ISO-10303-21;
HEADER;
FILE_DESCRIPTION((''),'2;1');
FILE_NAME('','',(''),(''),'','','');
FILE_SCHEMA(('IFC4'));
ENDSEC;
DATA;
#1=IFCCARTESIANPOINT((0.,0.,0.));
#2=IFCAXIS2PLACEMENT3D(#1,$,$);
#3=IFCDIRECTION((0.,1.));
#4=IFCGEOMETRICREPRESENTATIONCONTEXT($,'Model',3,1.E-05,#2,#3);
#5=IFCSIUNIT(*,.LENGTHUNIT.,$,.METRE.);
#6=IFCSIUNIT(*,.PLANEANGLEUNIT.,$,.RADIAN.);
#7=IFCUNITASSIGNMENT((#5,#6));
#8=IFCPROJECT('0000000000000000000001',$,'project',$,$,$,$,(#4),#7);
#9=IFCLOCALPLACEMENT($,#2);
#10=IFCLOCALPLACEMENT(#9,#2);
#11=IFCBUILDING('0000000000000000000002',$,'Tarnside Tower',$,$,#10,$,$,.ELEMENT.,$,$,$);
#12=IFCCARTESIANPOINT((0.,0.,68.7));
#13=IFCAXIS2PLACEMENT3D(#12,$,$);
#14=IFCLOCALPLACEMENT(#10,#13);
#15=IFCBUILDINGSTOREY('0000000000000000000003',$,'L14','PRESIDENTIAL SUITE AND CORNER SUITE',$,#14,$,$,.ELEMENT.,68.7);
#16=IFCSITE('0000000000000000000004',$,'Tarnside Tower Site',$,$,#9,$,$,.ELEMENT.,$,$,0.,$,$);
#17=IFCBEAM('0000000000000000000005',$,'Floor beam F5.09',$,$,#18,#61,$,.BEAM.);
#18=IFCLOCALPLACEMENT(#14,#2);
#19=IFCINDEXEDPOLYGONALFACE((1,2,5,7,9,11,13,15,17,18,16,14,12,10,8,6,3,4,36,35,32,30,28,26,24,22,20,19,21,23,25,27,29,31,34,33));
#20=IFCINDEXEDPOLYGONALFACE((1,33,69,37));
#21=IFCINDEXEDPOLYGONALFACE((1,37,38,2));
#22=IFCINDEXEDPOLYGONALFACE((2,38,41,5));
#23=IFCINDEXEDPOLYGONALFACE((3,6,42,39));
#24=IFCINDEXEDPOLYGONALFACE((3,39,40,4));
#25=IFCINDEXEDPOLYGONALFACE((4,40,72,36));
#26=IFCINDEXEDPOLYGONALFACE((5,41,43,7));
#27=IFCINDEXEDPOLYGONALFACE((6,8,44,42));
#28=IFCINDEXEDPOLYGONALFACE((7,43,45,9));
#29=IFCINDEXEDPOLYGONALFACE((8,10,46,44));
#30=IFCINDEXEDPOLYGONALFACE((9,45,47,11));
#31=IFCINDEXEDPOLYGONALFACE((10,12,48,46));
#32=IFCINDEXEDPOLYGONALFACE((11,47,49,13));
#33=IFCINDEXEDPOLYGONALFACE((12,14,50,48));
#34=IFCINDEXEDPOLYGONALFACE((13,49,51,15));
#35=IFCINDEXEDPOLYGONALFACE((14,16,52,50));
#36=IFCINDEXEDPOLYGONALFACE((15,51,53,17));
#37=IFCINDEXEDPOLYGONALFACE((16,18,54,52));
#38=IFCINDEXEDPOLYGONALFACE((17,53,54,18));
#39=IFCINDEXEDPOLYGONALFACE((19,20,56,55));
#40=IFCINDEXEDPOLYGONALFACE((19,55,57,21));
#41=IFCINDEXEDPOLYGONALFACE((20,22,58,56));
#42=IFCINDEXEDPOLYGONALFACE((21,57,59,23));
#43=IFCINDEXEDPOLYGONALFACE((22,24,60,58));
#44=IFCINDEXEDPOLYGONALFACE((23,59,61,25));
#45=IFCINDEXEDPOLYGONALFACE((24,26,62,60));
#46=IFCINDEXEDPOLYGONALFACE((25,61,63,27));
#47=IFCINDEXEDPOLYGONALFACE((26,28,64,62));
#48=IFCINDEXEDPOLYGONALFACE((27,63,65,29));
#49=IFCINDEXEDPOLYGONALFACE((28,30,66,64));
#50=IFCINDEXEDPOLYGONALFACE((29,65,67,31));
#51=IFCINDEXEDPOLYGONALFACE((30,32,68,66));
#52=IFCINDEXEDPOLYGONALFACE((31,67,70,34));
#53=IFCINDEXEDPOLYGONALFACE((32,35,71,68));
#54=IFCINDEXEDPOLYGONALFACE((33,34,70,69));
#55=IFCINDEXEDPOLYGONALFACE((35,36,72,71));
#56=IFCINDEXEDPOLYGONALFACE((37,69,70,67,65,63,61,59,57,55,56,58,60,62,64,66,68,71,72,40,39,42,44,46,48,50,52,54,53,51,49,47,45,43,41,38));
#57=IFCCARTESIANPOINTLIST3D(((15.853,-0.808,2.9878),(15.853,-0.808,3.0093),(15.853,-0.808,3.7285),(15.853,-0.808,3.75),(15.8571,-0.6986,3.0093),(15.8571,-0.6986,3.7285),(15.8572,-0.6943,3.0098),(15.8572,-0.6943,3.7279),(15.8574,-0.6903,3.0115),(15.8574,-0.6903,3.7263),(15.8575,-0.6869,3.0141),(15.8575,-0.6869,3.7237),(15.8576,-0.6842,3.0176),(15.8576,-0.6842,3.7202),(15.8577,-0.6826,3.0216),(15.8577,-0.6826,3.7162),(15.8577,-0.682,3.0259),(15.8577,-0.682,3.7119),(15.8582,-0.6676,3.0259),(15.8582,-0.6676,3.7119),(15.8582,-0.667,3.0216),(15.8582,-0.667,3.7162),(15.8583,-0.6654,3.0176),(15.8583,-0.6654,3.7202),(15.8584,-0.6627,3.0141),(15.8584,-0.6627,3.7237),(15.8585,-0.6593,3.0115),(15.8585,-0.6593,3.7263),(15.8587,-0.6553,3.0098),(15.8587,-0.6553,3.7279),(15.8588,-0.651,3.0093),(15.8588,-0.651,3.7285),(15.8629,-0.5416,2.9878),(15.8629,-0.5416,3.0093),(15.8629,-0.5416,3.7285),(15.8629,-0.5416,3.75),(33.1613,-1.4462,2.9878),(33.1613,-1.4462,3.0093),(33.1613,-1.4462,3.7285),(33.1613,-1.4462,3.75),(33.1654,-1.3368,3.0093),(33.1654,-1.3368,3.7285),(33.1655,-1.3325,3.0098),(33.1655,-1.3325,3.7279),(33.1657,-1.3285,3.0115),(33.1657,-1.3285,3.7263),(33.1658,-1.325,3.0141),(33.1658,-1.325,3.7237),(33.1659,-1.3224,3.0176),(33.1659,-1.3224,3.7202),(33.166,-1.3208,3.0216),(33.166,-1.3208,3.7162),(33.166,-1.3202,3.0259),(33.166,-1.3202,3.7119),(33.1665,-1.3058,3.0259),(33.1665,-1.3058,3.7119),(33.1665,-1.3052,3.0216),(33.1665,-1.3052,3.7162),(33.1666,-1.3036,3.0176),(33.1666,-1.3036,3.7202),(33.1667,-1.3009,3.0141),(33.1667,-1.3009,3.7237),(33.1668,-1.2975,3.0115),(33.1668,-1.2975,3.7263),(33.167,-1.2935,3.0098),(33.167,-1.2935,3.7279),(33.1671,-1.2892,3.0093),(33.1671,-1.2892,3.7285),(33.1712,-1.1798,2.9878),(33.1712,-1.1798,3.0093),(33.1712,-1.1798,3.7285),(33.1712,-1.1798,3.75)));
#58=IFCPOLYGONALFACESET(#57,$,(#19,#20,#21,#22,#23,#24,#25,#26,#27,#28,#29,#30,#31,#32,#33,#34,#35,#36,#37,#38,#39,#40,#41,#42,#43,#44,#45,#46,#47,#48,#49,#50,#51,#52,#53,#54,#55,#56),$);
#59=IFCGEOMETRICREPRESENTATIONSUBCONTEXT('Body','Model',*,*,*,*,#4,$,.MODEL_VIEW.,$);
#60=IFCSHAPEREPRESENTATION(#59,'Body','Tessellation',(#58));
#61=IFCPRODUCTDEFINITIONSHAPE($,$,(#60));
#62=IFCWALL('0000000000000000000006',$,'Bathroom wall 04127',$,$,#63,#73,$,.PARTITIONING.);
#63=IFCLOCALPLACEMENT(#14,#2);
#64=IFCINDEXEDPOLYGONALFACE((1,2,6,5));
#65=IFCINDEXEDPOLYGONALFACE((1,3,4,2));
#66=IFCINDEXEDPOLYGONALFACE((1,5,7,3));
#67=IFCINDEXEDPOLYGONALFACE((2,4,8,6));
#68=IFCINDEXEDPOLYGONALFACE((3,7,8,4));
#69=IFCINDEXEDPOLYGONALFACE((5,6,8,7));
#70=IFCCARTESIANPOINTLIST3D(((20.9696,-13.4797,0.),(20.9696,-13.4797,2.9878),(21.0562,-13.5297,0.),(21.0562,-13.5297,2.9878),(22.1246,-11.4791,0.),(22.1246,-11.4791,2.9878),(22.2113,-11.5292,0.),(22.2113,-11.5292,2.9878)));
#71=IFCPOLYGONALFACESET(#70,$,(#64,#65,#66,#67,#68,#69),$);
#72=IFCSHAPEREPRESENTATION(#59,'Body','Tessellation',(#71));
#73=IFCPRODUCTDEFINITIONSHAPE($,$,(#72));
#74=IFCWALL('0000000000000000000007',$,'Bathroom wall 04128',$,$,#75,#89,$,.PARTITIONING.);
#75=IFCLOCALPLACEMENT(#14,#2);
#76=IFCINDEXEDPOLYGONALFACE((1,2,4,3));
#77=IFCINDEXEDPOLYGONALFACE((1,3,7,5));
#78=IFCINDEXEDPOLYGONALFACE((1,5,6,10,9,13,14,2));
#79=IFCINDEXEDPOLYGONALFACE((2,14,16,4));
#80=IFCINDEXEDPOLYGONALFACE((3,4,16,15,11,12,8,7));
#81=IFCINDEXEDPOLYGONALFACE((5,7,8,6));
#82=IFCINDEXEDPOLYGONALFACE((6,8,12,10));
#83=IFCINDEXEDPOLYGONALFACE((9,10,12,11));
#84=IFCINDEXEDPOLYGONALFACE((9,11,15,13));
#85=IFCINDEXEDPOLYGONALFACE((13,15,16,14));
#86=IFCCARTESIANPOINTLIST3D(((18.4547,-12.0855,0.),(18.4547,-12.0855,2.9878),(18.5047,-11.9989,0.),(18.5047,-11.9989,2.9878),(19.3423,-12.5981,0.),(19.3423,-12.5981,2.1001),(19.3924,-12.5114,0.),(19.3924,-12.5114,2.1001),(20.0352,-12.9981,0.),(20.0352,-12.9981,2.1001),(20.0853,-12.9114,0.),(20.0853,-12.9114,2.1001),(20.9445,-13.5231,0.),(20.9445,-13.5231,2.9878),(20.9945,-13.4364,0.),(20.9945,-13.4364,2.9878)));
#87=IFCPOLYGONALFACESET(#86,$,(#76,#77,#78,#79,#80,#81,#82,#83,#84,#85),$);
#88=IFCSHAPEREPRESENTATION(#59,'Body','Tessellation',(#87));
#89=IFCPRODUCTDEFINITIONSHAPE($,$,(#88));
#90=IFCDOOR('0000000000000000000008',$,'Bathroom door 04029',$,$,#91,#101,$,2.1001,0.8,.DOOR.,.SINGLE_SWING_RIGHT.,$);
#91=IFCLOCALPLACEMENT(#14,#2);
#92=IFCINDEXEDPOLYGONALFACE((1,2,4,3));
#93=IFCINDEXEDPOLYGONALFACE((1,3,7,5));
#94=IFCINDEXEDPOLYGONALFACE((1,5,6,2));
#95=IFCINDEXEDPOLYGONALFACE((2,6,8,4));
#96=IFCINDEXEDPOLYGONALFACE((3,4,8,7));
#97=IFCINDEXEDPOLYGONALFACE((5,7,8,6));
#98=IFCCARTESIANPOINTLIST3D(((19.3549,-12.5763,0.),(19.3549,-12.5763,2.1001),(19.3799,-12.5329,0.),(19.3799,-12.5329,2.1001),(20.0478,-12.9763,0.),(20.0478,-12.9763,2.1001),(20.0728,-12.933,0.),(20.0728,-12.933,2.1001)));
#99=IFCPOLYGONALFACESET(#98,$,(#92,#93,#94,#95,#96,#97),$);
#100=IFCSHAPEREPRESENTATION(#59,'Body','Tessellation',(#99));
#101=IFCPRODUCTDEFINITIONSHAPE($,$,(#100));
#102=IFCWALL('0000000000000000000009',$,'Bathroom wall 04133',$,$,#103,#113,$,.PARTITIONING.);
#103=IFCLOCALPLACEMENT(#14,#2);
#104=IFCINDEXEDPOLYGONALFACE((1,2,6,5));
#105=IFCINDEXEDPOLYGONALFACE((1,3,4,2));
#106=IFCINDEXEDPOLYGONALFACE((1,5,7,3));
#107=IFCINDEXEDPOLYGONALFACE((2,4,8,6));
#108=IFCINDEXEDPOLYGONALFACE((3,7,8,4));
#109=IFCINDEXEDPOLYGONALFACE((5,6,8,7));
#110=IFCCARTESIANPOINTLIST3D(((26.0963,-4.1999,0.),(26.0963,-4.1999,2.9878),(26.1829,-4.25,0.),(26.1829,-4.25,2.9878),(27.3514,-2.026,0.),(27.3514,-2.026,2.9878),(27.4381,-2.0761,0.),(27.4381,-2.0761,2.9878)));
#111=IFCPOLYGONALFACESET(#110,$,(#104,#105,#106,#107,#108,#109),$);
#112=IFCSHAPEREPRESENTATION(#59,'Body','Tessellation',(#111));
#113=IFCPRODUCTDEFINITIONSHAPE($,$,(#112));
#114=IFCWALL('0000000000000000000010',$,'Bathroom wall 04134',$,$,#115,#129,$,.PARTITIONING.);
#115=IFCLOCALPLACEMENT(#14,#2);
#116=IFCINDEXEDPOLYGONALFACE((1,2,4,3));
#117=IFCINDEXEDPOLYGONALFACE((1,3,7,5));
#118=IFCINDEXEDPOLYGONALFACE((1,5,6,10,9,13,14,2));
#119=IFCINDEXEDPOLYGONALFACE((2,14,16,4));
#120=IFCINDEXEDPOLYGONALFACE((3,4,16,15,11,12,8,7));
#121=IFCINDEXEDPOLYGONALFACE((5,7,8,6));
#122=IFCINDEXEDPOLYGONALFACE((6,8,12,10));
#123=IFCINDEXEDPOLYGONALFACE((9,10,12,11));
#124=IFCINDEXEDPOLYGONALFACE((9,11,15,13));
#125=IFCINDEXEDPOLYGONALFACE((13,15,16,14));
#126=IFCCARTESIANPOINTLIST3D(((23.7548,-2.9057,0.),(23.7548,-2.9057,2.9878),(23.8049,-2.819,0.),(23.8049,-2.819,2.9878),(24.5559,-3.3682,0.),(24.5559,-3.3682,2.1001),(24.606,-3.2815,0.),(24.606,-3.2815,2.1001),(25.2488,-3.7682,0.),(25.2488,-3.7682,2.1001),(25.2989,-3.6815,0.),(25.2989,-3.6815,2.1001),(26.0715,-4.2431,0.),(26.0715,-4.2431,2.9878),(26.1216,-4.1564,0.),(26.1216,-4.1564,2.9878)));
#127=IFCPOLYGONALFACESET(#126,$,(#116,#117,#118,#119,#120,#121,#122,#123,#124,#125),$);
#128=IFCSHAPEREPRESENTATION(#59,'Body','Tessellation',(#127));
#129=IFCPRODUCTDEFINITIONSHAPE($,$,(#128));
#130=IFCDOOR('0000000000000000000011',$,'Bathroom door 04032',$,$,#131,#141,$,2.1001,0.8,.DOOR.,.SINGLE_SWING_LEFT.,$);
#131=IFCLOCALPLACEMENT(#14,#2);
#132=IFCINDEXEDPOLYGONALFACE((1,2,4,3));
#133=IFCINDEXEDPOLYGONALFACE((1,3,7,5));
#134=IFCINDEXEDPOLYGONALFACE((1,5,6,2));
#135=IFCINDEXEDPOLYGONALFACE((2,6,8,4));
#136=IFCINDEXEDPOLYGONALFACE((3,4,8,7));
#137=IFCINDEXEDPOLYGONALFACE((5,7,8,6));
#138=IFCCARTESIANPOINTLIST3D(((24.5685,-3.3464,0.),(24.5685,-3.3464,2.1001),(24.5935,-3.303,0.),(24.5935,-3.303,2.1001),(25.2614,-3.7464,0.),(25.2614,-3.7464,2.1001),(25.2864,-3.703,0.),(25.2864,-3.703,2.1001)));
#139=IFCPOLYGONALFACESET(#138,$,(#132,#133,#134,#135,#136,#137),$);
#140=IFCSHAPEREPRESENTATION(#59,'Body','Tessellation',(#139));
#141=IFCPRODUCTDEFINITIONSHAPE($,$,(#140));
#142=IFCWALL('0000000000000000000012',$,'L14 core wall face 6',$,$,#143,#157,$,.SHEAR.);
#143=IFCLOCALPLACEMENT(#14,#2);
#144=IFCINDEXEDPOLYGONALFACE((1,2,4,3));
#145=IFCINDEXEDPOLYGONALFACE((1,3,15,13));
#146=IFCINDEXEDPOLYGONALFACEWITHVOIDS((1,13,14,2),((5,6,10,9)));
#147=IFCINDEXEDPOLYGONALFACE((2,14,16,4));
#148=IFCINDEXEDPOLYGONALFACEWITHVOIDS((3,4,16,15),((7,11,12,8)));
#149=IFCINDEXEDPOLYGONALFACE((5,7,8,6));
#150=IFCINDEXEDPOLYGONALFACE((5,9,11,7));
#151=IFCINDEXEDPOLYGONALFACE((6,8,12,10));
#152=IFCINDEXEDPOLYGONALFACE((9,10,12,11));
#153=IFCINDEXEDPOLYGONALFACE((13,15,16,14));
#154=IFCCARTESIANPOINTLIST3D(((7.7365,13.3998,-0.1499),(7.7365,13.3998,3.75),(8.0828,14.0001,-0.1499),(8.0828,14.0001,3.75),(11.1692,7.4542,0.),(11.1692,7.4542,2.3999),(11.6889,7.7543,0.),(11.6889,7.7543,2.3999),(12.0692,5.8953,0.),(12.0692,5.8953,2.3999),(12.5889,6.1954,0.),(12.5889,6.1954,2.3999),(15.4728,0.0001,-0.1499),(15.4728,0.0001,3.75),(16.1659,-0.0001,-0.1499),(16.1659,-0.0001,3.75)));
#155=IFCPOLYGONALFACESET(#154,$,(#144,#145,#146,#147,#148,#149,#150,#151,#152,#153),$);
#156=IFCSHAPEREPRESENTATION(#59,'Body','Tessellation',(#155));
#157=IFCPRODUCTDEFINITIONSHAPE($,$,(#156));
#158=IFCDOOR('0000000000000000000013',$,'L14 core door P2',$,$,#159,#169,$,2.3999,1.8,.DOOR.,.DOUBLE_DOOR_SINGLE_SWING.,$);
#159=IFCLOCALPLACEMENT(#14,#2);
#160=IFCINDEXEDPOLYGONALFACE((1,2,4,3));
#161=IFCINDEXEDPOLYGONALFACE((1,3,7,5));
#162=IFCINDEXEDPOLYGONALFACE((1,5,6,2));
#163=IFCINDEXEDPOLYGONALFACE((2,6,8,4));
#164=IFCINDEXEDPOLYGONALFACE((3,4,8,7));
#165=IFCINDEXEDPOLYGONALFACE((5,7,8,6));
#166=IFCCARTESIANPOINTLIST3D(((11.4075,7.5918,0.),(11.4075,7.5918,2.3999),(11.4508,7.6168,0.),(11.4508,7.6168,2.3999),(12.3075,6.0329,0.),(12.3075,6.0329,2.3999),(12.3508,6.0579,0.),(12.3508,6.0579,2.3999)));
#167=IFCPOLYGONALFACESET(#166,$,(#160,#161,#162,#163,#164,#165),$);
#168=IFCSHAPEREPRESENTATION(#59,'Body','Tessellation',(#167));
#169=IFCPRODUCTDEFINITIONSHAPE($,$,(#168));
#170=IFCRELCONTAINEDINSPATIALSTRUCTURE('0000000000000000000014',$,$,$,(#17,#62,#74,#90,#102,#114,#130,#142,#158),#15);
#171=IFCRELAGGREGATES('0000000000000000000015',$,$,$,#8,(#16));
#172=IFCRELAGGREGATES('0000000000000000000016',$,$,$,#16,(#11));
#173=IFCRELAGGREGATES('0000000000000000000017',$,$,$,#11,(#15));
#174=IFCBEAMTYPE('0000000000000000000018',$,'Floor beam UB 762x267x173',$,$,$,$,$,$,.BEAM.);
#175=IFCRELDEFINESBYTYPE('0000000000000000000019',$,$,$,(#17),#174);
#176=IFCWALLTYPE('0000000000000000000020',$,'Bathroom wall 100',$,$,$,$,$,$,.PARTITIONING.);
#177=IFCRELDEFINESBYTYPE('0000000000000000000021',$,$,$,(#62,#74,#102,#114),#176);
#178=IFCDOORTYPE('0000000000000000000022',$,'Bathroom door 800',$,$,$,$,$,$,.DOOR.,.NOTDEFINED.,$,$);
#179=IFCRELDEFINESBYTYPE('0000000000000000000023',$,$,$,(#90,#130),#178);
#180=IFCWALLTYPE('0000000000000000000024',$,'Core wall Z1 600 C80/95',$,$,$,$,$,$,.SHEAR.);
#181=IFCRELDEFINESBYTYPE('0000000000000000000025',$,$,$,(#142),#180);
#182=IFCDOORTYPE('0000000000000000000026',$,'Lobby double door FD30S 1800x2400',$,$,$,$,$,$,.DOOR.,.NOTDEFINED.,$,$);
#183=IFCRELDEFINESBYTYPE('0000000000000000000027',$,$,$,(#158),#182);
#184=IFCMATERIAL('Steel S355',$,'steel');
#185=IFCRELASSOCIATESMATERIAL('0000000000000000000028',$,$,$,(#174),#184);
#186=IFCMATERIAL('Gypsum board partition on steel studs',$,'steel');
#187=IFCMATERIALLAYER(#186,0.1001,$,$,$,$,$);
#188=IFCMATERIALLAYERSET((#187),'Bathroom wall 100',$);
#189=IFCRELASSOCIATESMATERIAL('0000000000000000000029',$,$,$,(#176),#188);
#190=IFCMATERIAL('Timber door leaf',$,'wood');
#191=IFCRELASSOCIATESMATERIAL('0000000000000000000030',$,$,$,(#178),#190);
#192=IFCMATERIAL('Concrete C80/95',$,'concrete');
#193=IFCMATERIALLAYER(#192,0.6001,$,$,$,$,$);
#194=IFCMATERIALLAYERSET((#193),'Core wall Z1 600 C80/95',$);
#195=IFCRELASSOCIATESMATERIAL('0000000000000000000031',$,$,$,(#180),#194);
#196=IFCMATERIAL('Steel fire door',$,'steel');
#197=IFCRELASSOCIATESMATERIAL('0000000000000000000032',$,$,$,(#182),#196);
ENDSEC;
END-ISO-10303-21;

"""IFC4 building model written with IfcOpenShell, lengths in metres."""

from ifc_helpers import new_model, si_unit, direction, frame, frame_2d, origin, origin_2d, place, context, subcontext, project, spatial, polyline, rectangle, i_section, outline, extrude, material, layer, layer_set, material_profile, profile_set, type_object, element, fill, save


model = new_model("IFC4")

# Units and contexts
model_context = context("Model", 3, precision=1e-05, world=origin(), true_north=direction((0.0, 1.0)))
body_context = subcontext(model_context, "Body", "Model", "MODEL_VIEW")
ifc_project = project(units=[si_unit("LENGTHUNIT", "METRE"), si_unit("PLANEANGLEUNIT", "RADIAN")], contexts=[model_context])

# Site, building, storey
site_placement = place(None, origin())
site = spatial("IfcSite", under=ifc_project, at=site_placement, Name="Tarnside Tower Site", CompositionType="ELEMENT", RefElevation=0.0)
building_placement = place(site_placement, origin())
building = spatial("IfcBuilding", under=site, at=building_placement, Name="Tarnside Tower", CompositionType="ELEMENT")
storey_placement = place(building_placement, frame((0.0, 0.0, 68.7)))
storey = spatial("IfcBuildingStorey", under=building, at=storey_placement, Name="L14", Description="PRESIDENTIAL SUITE AND CORNER SUITE", CompositionType="ELEMENT", Elevation=68.7)

# Beam
ifc_material_1 = material(Name="Steel S355", Category="steel")
ifc_material_profile_1 = material_profile(ifc_material_1, i_section(OverallWidth=0.2666, OverallDepth=0.7622, WebThickness=0.0144, FlangeThickness=0.0215, FilletRadius=0.0166, at=origin_2d()), Name="UB 762x267x173")
ifc_profile_set_1 = profile_set([ifc_material_profile_1], Name="Steel S355")
beam_type_1 = type_object("IfcBeamType", Name="Floor beam UB 762x267x173", PredefinedType="BEAM", material=ifc_profile_set_1)
beam_1_placement = place(storey_placement, frame((33.1663, -1.313, 3.3689), z_axis=(-0.999321, 0.036846, 0.0), x_axis=(-0.036846, -0.999321, 0.0)))
element("IfcBeam", 1, at=beam_1_placement, inside=storey, type_object=beam_type_1, Name="Floor beam F5.09", PredefinedType="BEAM", context=body_context, shape_type="SweptSolid", body=[
    extrude(i_section(OverallWidth=0.2666, OverallDepth=0.7622, WebThickness=0.0144, FlangeThickness=0.0215, FilletRadius=0.0166, at=origin_2d()), origin(), (0.0, 0.0, 1.0), 17.3201),
])

# Wall
ifc_material_2 = material(Name="Gypsum board partition on steel studs", Category="steel")
ifc_layer_1 = layer(ifc_material_2, 0.1001)
ifc_layer_set_1 = layer_set([ifc_layer_1], Name="Bathroom wall 100")
wall_type_1 = type_object("IfcWallType", Name="Bathroom wall 100", PredefinedType="PARTITIONING", material=ifc_layer_set_1)
wall_1_placement = place(storey_placement, frame((22.168, -11.5042, 0.0), z_axis=(0.0, 0.0, 1.0), x_axis=(-0.500015, -0.866017, 0.0)))
element("IfcWall", 2, at=wall_1_placement, inside=storey, type_object=wall_type_1, Name="Bathroom wall 04127", PredefinedType="PARTITIONING", context=body_context, shape_type="SweptSolid", body=[
    extrude(rectangle(XDim=2.3101, YDim=0.1001, at=frame_2d((1.155, 0.0))), origin(), (0.0, 0.0, 1.0), 2.9878),
])

# Wall, opening, door
wall_2_placement = place(storey_placement, frame((20.9695, -13.4797, 0.0), z_axis=(0.0, 0.0, 1.0), x_axis=(-0.866019, 0.500012, 0.0)))
wall_2 = element("IfcWall", 3, at=wall_2_placement, inside=storey, type_object=wall_type_1, Name="Bathroom wall 04128", PredefinedType="PARTITIONING", context=body_context, shape_type="SweptSolid", body=[
    extrude(rectangle(XDim=2.875, YDim=0.1001, at=frame_2d((1.4375, 0.0))), origin(), (0.0, 0.0, 1.0), 2.9878),
])
opening_1_placement = place(wall_2_placement, frame((1.05, 0.0, 0.0)))
opening_1 = element("IfcOpeningElement", 4, at=opening_1_placement, cuts=wall_2, PredefinedType="OPENING", context=body_context, shape_type="SweptSolid", body=[
    extrude(rectangle(XDim=0.8, YDim=2.1001, at=frame_2d((0.3999, 1.05))), frame((0.0, 0.0601, 0.0), z_axis=(0.0, -1.0, 0.0), x_axis=(1.0, 0.0, 0.0)), (0.0, 0.0, 1.0), 0.1201),
])
ifc_material_3 = material(Name="Timber door leaf", Category="wood")
door_type_1 = type_object("IfcDoorType", Name="Bathroom door 800", OperationType="NOTDEFINED", PredefinedType="DOOR", material=ifc_material_3)
door_1_placement = place(opening_1_placement, origin())
door_1 = element("IfcDoor", 5, at=door_1_placement, inside=storey, type_object=door_type_1, Name="Bathroom door 04029", OperationType="SINGLE_SWING_RIGHT", OverallHeight=2.1001, OverallWidth=0.8, PredefinedType="DOOR", context=body_context, shape_type="SweptSolid", body=[
    extrude(rectangle(XDim=0.8, YDim=2.1001, at=frame_2d((0.3999, 1.05))), frame((0.0, 0.0249, 0.0), z_axis=(0.0, -1.0, 0.0), x_axis=(1.0, 0.0, 0.0)), (0.0, 0.0, 1.0), 0.05),
])
fill(opening_1, door_1)

# Wall
wall_3_placement = place(storey_placement, frame((27.3948, -2.051, 0.0), z_axis=(0.0, 0.0, 1.0), x_axis=(-0.50002, -0.866014, 0.0)))
element("IfcWall", 6, at=wall_3_placement, inside=storey, type_object=wall_type_1, Name="Bathroom wall 04133", PredefinedType="PARTITIONING", context=body_context, shape_type="SweptSolid", body=[
    extrude(rectangle(XDim=2.5103, YDim=0.1001, at=frame_2d((1.2551, 0.0))), origin(), (0.0, 0.0, 1.0), 2.9878),
])

# Walls, openings, doors
wall_4_placement = place(storey_placement, frame((26.0964, -4.1997, 0.0), z_axis=(0.0, 0.0, 1.0), x_axis=(-0.866044, 0.499967, 0.0)))
wall_4 = element("IfcWall", 7, at=wall_4_placement, inside=storey, type_object=wall_type_1, Name="Bathroom wall 04134", PredefinedType="PARTITIONING", context=body_context, shape_type="SweptSolid", body=[
    extrude(rectangle(XDim=2.675, YDim=0.1001, at=frame_2d((1.3374, 0.0))), origin(), (0.0, 0.0, 1.0), 2.9878),
])
opening_2_placement = place(wall_4_placement, frame((0.95, 0.0, 0.0)))
opening_2 = element("IfcOpeningElement", 8, at=opening_2_placement, cuts=wall_4, PredefinedType="OPENING", context=body_context, shape_type="SweptSolid", body=[
    extrude(rectangle(XDim=0.8, YDim=2.1001, at=frame_2d((0.3999, 1.05))), frame((0.0, 0.0601, 0.0), z_axis=(0.0, -1.0, 0.0), x_axis=(1.0, 0.0, 0.0)), (0.0, 0.0, 1.0), 0.1201),
])
door_2_placement = place(opening_2_placement, origin())
door_2 = element("IfcDoor", 9, at=door_2_placement, inside=storey, type_object=door_type_1, Name="Bathroom door 04032", OperationType="SINGLE_SWING_LEFT", OverallHeight=2.1001, OverallWidth=0.8, PredefinedType="DOOR", context=body_context, shape_type="SweptSolid", body=[
    extrude(rectangle(XDim=0.8, YDim=2.1001, at=frame_2d((0.3999, 1.05))), frame((0.0, 0.0249, 0.0), z_axis=(0.0, -1.0, 0.0), x_axis=(1.0, 0.0, 0.0)), (0.0, 0.0, 1.0), 0.05),
])
fill(opening_2, door_2)
ifc_material_4 = material(Name="Concrete C80/95", Category="concrete")
ifc_layer_2 = layer(ifc_material_4, 0.6001)
ifc_layer_set_2 = layer_set([ifc_layer_2], Name="Core wall Z1 600 C80/95")
wall_type_2 = type_object("IfcWallType", Name="Core wall Z1 600 C80/95", PredefinedType="SHEAR", material=ifc_layer_set_2)
wall_5_placement = place(storey_placement, frame((15.8193, 0.0, -0.1499), z_axis=(0.0, 0.0, 1.0), x_axis=(-0.5, 0.866025, 0.0)))
wall_5 = element("IfcWall", 10, at=wall_5_placement, inside=storey, type_object=wall_type_2, Name="L14 core wall face 6", PredefinedType="SHEAR", context=body_context, shape_type="SweptSolid", body=[
    extrude(outline(polyline([(-0.1733, -0.3), (15.9927, -0.3), (15.646, 0.3), (0.1733, 0.3), (-0.1733, -0.3)])), origin(), (0.0, 0.0, 1.0), 3.8999),
])
opening_3_placement = place(wall_5_placement, frame((6.9807, 0.0, 0.1499)))
opening_3 = element("IfcOpeningElement", 11, at=opening_3_placement, cuts=wall_5, PredefinedType="OPENING", context=body_context, shape_type="SweptSolid", body=[
    extrude(rectangle(XDim=1.8, YDim=2.3999, at=frame_2d((0.8999, 1.2))), frame((0.0, 0.3101, 0.0), z_axis=(0.0, -1.0, 0.0), x_axis=(1.0, 0.0, 0.0)), (0.0, 0.0, 1.0), 0.6201),
])
ifc_material_5 = material(Name="Steel fire door", Category="steel")
door_type_2 = type_object("IfcDoorType", Name="Lobby double door FD30S 1800x2400", OperationType="NOTDEFINED", PredefinedType="DOOR", material=ifc_material_5)
door_3_placement = place(opening_3_placement, origin())
door_3 = element("IfcDoor", 12, at=door_3_placement, inside=storey, type_object=door_type_2, Name="L14 core door P2", OperationType="DOUBLE_DOOR_SINGLE_SWING", OverallHeight=2.3999, OverallWidth=1.8, PredefinedType="DOOR", context=body_context, shape_type="SweptSolid", body=[
    extrude(rectangle(XDim=1.8, YDim=2.3999, at=frame_2d((0.8999, 1.2))), frame((0.0, 0.0249, 0.0), z_axis=(0.0, -1.0, 0.0), x_axis=(1.0, 0.0, 0.0)), (0.0, 0.0, 1.0), 0.05),
])
fill(opening_3, door_3)

save(model, "model.ifc")
